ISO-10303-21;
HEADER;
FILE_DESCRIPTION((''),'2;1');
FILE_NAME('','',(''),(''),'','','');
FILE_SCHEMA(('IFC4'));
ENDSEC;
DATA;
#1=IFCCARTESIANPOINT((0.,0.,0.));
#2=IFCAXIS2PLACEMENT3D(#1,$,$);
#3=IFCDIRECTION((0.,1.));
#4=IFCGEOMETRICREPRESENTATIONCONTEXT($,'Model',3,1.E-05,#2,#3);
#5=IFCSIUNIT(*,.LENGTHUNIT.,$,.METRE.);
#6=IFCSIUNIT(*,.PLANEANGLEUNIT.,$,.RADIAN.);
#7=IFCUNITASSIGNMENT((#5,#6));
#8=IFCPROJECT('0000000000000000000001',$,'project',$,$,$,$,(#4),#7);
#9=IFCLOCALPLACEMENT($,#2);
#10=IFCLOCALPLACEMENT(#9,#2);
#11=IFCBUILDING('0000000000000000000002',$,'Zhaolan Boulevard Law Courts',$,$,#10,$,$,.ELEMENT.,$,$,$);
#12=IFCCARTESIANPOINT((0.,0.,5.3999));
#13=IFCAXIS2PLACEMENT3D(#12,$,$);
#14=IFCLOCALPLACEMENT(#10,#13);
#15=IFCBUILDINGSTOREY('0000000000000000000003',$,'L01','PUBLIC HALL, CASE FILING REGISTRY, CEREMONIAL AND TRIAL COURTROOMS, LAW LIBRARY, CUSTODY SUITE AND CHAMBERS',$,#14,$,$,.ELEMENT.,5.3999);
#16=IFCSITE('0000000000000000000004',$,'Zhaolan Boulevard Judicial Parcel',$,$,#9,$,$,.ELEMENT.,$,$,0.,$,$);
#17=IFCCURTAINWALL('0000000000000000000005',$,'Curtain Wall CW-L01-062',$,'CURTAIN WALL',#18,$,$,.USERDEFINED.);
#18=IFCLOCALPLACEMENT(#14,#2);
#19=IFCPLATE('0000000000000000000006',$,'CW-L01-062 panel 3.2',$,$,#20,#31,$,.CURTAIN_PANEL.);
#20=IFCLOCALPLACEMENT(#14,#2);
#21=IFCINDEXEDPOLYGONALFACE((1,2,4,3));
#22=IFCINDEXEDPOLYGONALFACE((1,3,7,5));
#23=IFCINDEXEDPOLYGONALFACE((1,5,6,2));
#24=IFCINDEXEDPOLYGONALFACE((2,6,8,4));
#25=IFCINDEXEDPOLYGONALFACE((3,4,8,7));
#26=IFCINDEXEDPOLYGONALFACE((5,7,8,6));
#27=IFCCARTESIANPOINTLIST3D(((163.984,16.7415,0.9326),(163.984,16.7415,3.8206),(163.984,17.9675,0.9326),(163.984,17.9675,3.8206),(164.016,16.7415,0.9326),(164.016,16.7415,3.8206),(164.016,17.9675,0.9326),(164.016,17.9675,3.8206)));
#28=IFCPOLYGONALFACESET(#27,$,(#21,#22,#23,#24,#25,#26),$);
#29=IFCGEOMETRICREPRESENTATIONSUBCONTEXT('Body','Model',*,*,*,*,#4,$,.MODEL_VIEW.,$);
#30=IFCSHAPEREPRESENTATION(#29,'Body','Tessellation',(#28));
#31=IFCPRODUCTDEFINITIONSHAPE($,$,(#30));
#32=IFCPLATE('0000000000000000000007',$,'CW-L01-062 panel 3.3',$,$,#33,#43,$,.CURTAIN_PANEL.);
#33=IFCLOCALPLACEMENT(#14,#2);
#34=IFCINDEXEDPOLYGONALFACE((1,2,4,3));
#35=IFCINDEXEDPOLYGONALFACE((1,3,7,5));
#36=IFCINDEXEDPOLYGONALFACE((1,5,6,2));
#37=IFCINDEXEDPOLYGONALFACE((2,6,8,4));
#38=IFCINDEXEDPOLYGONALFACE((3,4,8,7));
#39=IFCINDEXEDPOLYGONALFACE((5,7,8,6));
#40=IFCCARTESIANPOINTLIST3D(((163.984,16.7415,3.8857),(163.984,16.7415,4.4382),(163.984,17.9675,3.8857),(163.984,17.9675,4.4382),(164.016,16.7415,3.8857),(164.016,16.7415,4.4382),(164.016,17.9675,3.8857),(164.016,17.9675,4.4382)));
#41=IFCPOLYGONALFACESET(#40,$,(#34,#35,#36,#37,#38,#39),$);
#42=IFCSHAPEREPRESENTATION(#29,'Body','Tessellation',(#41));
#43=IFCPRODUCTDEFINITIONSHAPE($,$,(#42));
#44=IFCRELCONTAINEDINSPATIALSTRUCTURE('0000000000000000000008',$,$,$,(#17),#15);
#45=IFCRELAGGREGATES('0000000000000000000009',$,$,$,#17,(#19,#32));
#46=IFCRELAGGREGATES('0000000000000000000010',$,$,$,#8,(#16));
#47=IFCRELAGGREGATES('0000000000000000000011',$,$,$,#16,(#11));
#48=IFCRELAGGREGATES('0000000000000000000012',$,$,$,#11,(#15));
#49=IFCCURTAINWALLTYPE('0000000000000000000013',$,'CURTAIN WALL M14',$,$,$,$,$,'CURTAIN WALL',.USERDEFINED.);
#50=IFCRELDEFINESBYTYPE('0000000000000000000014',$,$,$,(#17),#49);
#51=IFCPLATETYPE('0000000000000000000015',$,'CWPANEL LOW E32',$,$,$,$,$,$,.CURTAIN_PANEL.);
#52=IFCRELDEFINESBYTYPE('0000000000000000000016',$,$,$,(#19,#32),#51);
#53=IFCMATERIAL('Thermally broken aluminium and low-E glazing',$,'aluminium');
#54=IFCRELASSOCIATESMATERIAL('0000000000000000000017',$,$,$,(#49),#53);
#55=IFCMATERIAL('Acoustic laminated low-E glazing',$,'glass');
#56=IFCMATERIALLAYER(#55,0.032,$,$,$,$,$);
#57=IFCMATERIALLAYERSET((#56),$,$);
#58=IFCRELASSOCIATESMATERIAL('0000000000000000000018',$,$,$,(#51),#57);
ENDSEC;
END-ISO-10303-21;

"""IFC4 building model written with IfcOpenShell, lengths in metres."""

from ifc_helpers import new_model, si_unit, direction, frame, origin, origin_2d, place, context, subcontext, project, spatial, rectangle, extrude, material, layer, layer_set, type_object, element, aggregate, save


model = new_model("IFC4")

# Units and contexts
model_context = context("Model", 3, precision=1e-05, world=origin(), true_north=direction((0.0, 1.0)))
body_context = subcontext(model_context, "Body", "Model", "MODEL_VIEW")
ifc_project = project(units=[si_unit("LENGTHUNIT", "METRE"), si_unit("PLANEANGLEUNIT", "RADIAN")], contexts=[model_context])

# Site, building, storey
site_placement = place(None, origin())
site = spatial("IfcSite", under=ifc_project, at=site_placement, Name="Zhaolan Boulevard Judicial Parcel", CompositionType="ELEMENT", RefElevation=0.0)
building_placement = place(site_placement, origin())
building = spatial("IfcBuilding", under=site, at=building_placement, Name="Zhaolan Boulevard Law Courts", CompositionType="ELEMENT")
storey_placement = place(building_placement, frame((0.0, 0.0, 5.3999)))
storey = spatial("IfcBuildingStorey", under=building, at=storey_placement, Name="L01", Description="PUBLIC HALL, CASE FILING REGISTRY, CEREMONIAL AND TRIAL COURTROOMS, LAW LIBRARY, CUSTODY SUITE AND CHAMBERS", CompositionType="ELEMENT", Elevation=5.3999)

# Curtain wall
ifc_material_1 = material(Name="Thermally broken aluminium and low-E glazing", Category="aluminium")
curtain_wall_type_1 = type_object("IfcCurtainWallType", Name="CURTAIN WALL M14", ElementType="CURTAIN WALL", PredefinedType="USERDEFINED", material=ifc_material_1)
curtain_wall_1_placement = place(storey_placement, origin())
curtain_wall_1 = element("IfcCurtainWall", 1, at=curtain_wall_1_placement, inside=storey, type_object=curtain_wall_type_1, Name="Curtain Wall CW-L01-062", ObjectType="CURTAIN WALL", PredefinedType="USERDEFINED")

# Plates
ifc_material_2 = material(Name="Acoustic laminated low-E glazing", Category="glass")
ifc_layer = layer(ifc_material_2, 0.032)
ifc_layer_set = layer_set([ifc_layer])
plate_type = type_object("IfcPlateType", Name="CWPANEL LOW E32", PredefinedType="CURTAIN_PANEL", material=ifc_layer_set)
plate_1_placement = place(storey_placement, frame((164.0, 17.3545, 0.9326), z_axis=(0.0, 0.0, 1.0), x_axis=(0.0, 1.0, 0.0)))
plate_1 = element("IfcPlate", 2, at=plate_1_placement, type_object=plate_type, Name="CW-L01-062 panel 3.2", PredefinedType="CURTAIN_PANEL", context=body_context, shape_type="SweptSolid", body=[
    extrude(rectangle(XDim=1.2261, YDim=0.032, at=origin_2d()), origin(), (0.0, 0.0, 1.0), 2.8879),
])
plate_2_placement = place(storey_placement, frame((164.0, 17.3545, 3.8857), z_axis=(0.0, 0.0, 1.0), x_axis=(0.0, 1.0, 0.0)))
plate_2 = element("IfcPlate", 3, at=plate_2_placement, type_object=plate_type, Name="CW-L01-062 panel 3.3", PredefinedType="CURTAIN_PANEL", context=body_context, shape_type="SweptSolid", body=[
    extrude(rectangle(XDim=1.2261, YDim=0.032, at=origin_2d()), origin(), (0.0, 0.0, 1.0), 0.5525),
])
aggregate(curtain_wall_1, [plate_1, plate_2])

save(model, "model.ifc")
